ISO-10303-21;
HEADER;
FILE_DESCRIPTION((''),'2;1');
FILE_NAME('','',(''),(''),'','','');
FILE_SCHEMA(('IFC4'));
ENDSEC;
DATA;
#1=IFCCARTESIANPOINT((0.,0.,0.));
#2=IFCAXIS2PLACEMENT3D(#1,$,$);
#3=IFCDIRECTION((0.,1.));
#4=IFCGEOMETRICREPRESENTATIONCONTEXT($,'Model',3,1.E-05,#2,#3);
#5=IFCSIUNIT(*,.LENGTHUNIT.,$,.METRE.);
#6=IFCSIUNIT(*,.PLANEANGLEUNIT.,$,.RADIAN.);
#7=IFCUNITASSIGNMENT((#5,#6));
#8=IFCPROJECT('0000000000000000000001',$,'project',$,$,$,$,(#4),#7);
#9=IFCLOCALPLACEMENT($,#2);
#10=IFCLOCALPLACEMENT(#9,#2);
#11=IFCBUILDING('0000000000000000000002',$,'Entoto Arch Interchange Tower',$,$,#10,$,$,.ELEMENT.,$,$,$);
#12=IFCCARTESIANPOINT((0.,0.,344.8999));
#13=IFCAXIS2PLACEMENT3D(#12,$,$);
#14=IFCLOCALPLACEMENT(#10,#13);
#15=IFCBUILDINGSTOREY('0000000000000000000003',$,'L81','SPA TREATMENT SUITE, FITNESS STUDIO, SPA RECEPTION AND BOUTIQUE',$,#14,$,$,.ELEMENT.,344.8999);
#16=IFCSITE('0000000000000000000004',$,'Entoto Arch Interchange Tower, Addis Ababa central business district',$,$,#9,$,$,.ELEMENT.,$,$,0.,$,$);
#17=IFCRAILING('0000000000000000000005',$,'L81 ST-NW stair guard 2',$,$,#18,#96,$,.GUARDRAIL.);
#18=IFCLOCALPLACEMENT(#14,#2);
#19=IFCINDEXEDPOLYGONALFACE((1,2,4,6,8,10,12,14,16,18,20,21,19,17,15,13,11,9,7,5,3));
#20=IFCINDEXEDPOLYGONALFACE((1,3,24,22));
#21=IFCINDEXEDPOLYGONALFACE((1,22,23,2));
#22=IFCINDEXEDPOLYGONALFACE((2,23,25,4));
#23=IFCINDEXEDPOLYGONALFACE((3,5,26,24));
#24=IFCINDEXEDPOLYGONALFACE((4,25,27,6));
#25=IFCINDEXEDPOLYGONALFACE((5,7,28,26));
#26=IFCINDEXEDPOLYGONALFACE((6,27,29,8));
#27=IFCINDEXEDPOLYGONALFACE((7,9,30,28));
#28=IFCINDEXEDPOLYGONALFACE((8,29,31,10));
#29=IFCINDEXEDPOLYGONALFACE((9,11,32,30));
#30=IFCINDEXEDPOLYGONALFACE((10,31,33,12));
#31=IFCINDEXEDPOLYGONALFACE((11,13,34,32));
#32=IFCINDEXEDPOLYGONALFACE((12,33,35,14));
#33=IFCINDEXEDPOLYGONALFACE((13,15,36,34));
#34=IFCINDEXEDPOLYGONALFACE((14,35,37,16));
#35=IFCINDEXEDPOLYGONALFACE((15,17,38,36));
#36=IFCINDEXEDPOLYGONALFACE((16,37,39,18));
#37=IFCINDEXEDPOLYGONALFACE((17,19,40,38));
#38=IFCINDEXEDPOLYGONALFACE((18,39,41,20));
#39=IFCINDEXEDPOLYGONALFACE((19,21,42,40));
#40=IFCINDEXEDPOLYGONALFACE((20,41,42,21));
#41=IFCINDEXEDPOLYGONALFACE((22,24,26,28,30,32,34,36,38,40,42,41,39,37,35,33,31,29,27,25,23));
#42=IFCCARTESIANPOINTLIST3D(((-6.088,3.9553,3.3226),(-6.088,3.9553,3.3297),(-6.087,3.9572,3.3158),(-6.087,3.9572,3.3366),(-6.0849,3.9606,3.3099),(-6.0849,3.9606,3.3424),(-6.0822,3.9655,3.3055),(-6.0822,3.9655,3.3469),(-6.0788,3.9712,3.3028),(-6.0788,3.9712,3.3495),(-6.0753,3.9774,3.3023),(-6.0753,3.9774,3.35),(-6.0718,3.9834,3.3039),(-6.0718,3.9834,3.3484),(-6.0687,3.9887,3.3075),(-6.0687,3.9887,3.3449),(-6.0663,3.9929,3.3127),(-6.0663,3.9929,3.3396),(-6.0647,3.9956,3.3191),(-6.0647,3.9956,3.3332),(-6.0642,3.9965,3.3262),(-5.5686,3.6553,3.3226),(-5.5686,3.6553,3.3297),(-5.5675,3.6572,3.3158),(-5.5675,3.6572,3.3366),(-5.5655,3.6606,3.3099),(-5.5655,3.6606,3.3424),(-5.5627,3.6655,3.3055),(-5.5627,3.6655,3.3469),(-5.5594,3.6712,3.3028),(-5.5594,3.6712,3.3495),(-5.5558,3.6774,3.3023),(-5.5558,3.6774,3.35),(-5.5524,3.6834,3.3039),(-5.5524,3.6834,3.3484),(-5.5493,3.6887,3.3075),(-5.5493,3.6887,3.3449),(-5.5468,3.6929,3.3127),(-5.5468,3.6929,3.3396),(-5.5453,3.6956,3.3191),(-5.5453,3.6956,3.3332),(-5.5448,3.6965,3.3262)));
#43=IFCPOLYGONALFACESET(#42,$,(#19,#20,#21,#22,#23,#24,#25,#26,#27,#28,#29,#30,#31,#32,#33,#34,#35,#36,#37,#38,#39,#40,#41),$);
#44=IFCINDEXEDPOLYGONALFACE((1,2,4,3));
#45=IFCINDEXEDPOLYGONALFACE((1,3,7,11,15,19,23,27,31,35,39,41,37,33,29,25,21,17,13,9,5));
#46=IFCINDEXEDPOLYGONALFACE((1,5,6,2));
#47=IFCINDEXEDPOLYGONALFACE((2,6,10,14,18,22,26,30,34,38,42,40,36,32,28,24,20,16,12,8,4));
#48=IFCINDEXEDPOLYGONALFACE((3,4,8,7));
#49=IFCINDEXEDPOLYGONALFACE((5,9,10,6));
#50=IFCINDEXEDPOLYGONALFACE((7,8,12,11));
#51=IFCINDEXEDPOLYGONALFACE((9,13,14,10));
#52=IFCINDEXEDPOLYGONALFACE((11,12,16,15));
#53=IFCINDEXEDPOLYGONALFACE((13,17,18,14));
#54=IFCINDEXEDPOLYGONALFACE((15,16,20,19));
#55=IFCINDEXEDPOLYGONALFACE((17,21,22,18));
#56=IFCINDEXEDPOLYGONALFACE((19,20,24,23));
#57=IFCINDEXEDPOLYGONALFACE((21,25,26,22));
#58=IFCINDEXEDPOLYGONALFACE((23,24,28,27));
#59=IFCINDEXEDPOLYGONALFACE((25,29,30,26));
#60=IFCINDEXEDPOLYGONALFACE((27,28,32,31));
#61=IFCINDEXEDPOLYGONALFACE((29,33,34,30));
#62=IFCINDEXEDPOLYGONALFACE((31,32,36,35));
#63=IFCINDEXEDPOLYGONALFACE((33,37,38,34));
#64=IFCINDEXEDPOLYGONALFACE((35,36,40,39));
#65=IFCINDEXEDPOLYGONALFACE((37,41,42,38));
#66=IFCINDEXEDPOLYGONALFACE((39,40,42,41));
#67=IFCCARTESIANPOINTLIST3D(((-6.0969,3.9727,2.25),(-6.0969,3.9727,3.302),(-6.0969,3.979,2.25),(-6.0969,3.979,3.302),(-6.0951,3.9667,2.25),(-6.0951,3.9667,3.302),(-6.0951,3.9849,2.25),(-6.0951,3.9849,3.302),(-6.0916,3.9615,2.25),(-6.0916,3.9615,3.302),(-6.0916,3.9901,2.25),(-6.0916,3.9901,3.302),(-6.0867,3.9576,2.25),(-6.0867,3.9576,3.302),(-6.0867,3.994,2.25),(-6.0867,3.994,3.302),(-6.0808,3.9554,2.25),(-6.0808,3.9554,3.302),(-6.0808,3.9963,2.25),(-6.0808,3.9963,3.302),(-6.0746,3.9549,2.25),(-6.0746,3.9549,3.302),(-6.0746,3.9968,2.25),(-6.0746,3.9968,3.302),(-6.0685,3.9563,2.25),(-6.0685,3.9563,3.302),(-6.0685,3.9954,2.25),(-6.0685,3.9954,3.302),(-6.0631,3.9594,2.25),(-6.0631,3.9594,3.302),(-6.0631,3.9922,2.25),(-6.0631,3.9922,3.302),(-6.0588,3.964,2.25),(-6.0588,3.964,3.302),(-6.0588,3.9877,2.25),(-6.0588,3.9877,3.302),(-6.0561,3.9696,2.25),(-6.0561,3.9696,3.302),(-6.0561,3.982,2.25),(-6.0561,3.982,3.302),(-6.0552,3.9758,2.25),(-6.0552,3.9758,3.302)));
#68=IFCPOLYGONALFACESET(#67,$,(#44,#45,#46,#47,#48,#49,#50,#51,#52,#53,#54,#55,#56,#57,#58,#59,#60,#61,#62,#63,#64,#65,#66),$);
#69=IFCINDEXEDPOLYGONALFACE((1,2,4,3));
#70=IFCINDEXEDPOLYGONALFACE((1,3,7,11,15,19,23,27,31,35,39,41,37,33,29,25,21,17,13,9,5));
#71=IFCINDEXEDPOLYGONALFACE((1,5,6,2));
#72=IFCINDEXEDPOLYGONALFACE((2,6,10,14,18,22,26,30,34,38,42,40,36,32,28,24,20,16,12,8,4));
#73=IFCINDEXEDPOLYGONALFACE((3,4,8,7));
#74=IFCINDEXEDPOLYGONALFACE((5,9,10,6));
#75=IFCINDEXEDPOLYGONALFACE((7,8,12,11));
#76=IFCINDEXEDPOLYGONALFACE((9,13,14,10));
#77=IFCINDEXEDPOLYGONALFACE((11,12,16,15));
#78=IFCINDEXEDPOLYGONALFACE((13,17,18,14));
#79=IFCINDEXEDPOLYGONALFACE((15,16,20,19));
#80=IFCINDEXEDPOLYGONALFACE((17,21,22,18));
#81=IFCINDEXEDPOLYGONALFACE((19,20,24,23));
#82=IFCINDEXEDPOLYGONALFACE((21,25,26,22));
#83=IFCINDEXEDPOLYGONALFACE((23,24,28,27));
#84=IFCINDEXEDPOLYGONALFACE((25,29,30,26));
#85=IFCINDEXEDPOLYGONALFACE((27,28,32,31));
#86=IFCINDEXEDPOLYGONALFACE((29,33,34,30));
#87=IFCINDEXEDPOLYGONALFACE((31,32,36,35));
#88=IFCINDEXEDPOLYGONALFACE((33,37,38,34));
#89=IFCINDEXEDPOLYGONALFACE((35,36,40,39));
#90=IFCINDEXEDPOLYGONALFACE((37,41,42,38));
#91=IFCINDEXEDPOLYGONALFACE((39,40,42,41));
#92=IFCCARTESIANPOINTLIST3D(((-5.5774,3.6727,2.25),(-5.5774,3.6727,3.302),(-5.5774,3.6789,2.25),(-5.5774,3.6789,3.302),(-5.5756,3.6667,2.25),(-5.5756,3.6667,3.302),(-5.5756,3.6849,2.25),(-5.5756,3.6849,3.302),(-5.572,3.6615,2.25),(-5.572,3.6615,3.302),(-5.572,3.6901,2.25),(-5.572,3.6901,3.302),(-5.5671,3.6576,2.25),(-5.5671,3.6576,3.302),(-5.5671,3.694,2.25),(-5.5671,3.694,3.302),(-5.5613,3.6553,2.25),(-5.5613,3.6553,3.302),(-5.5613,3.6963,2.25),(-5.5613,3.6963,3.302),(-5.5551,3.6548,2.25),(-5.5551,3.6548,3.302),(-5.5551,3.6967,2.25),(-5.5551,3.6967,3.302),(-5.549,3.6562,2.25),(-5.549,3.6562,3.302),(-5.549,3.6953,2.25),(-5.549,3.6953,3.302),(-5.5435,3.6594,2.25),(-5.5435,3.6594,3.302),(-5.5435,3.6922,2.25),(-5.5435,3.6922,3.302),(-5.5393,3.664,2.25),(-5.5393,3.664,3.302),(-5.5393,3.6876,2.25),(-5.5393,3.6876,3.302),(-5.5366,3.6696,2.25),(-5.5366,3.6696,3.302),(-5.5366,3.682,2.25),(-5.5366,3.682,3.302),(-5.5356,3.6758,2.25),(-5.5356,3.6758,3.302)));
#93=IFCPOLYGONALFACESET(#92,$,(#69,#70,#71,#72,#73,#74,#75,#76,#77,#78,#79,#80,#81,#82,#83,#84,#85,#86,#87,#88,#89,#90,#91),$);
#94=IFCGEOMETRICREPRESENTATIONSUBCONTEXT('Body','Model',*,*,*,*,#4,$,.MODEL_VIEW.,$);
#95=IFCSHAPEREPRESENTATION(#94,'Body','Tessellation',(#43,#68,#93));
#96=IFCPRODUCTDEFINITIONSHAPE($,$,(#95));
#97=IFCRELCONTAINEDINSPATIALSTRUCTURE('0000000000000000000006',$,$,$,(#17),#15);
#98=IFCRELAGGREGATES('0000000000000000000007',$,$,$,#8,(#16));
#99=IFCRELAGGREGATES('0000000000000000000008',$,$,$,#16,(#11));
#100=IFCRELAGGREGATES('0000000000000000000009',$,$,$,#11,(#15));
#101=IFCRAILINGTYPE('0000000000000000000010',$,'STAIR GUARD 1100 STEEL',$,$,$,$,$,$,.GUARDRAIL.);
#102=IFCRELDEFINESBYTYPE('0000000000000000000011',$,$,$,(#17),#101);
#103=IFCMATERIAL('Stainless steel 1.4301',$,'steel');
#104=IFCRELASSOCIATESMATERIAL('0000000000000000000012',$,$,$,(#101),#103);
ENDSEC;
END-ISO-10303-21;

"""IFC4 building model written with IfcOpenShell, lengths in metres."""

from ifc_helpers import new_model, si_unit, direction, frame, origin, origin_2d, place, context, subcontext, project, spatial, circle, extrude, material, type_object, element, save


model = new_model("IFC4")

# Units and contexts
model_context = context("Model", 3, precision=1e-05, world=origin(), true_north=direction((0.0, 1.0)))
body_context = subcontext(model_context, "Body", "Model", "MODEL_VIEW")
ifc_project = project(units=[si_unit("LENGTHUNIT", "METRE"), si_unit("PLANEANGLEUNIT", "RADIAN")], contexts=[model_context])

# Site, building, storey
site_placement = place(None, origin())
site = spatial("IfcSite", under=ifc_project, at=site_placement, Name="Entoto Arch Interchange Tower, Addis Ababa central business district", CompositionType="ELEMENT", RefElevation=0.0)
building_placement = place(site_placement, origin())
building = spatial("IfcBuilding", under=site, at=building_placement, Name="Entoto Arch Interchange Tower", CompositionType="ELEMENT")
storey_placement = place(building_placement, frame((0.0, 0.0, 344.8999)))
storey = spatial("IfcBuildingStorey", under=building, at=storey_placement, Name="L81", Description="SPA TREATMENT SUITE, FITNESS STUDIO, SPA RECEPTION AND BOUTIQUE", CompositionType="ELEMENT", Elevation=344.8999)

# Railing
ifc_material_1 = material(Name="Stainless steel 1.4301", Category="steel")
railing_type_1 = type_object("IfcRailingType", Name="STAIR GUARD 1100 STEEL", PredefinedType="GUARDRAIL", material=ifc_material_1)
railing_1_placement = place(storey_placement, frame((-6.0762, 3.9758, 2.25)))
element("IfcRailing", 1, at=railing_1_placement, inside=storey, type_object=railing_type_1, Name="L81 ST-NW stair guard 2", PredefinedType="GUARDRAIL", context=body_context, shape_type="SweptSolid", body=[
    extrude(circle(Radius=0.0239, at=origin_2d()), frame((0.0, 0.0, 1.0762), z_axis=(0.865955, -0.500122, 0.0), x_axis=(0.500122, 0.865955, 0.0)), (0.0, 0.0, 1.0), 0.5999),
    extrude(circle(Radius=0.021, at=origin_2d()), origin(), (0.0, 0.0, 1.0), 1.052),
    extrude(circle(Radius=0.021, at=origin_2d()), frame((0.5195, -0.3, 0.0)), (0.0, 0.0, 1.0), 1.052),
])

save(model, "model.ifc")
